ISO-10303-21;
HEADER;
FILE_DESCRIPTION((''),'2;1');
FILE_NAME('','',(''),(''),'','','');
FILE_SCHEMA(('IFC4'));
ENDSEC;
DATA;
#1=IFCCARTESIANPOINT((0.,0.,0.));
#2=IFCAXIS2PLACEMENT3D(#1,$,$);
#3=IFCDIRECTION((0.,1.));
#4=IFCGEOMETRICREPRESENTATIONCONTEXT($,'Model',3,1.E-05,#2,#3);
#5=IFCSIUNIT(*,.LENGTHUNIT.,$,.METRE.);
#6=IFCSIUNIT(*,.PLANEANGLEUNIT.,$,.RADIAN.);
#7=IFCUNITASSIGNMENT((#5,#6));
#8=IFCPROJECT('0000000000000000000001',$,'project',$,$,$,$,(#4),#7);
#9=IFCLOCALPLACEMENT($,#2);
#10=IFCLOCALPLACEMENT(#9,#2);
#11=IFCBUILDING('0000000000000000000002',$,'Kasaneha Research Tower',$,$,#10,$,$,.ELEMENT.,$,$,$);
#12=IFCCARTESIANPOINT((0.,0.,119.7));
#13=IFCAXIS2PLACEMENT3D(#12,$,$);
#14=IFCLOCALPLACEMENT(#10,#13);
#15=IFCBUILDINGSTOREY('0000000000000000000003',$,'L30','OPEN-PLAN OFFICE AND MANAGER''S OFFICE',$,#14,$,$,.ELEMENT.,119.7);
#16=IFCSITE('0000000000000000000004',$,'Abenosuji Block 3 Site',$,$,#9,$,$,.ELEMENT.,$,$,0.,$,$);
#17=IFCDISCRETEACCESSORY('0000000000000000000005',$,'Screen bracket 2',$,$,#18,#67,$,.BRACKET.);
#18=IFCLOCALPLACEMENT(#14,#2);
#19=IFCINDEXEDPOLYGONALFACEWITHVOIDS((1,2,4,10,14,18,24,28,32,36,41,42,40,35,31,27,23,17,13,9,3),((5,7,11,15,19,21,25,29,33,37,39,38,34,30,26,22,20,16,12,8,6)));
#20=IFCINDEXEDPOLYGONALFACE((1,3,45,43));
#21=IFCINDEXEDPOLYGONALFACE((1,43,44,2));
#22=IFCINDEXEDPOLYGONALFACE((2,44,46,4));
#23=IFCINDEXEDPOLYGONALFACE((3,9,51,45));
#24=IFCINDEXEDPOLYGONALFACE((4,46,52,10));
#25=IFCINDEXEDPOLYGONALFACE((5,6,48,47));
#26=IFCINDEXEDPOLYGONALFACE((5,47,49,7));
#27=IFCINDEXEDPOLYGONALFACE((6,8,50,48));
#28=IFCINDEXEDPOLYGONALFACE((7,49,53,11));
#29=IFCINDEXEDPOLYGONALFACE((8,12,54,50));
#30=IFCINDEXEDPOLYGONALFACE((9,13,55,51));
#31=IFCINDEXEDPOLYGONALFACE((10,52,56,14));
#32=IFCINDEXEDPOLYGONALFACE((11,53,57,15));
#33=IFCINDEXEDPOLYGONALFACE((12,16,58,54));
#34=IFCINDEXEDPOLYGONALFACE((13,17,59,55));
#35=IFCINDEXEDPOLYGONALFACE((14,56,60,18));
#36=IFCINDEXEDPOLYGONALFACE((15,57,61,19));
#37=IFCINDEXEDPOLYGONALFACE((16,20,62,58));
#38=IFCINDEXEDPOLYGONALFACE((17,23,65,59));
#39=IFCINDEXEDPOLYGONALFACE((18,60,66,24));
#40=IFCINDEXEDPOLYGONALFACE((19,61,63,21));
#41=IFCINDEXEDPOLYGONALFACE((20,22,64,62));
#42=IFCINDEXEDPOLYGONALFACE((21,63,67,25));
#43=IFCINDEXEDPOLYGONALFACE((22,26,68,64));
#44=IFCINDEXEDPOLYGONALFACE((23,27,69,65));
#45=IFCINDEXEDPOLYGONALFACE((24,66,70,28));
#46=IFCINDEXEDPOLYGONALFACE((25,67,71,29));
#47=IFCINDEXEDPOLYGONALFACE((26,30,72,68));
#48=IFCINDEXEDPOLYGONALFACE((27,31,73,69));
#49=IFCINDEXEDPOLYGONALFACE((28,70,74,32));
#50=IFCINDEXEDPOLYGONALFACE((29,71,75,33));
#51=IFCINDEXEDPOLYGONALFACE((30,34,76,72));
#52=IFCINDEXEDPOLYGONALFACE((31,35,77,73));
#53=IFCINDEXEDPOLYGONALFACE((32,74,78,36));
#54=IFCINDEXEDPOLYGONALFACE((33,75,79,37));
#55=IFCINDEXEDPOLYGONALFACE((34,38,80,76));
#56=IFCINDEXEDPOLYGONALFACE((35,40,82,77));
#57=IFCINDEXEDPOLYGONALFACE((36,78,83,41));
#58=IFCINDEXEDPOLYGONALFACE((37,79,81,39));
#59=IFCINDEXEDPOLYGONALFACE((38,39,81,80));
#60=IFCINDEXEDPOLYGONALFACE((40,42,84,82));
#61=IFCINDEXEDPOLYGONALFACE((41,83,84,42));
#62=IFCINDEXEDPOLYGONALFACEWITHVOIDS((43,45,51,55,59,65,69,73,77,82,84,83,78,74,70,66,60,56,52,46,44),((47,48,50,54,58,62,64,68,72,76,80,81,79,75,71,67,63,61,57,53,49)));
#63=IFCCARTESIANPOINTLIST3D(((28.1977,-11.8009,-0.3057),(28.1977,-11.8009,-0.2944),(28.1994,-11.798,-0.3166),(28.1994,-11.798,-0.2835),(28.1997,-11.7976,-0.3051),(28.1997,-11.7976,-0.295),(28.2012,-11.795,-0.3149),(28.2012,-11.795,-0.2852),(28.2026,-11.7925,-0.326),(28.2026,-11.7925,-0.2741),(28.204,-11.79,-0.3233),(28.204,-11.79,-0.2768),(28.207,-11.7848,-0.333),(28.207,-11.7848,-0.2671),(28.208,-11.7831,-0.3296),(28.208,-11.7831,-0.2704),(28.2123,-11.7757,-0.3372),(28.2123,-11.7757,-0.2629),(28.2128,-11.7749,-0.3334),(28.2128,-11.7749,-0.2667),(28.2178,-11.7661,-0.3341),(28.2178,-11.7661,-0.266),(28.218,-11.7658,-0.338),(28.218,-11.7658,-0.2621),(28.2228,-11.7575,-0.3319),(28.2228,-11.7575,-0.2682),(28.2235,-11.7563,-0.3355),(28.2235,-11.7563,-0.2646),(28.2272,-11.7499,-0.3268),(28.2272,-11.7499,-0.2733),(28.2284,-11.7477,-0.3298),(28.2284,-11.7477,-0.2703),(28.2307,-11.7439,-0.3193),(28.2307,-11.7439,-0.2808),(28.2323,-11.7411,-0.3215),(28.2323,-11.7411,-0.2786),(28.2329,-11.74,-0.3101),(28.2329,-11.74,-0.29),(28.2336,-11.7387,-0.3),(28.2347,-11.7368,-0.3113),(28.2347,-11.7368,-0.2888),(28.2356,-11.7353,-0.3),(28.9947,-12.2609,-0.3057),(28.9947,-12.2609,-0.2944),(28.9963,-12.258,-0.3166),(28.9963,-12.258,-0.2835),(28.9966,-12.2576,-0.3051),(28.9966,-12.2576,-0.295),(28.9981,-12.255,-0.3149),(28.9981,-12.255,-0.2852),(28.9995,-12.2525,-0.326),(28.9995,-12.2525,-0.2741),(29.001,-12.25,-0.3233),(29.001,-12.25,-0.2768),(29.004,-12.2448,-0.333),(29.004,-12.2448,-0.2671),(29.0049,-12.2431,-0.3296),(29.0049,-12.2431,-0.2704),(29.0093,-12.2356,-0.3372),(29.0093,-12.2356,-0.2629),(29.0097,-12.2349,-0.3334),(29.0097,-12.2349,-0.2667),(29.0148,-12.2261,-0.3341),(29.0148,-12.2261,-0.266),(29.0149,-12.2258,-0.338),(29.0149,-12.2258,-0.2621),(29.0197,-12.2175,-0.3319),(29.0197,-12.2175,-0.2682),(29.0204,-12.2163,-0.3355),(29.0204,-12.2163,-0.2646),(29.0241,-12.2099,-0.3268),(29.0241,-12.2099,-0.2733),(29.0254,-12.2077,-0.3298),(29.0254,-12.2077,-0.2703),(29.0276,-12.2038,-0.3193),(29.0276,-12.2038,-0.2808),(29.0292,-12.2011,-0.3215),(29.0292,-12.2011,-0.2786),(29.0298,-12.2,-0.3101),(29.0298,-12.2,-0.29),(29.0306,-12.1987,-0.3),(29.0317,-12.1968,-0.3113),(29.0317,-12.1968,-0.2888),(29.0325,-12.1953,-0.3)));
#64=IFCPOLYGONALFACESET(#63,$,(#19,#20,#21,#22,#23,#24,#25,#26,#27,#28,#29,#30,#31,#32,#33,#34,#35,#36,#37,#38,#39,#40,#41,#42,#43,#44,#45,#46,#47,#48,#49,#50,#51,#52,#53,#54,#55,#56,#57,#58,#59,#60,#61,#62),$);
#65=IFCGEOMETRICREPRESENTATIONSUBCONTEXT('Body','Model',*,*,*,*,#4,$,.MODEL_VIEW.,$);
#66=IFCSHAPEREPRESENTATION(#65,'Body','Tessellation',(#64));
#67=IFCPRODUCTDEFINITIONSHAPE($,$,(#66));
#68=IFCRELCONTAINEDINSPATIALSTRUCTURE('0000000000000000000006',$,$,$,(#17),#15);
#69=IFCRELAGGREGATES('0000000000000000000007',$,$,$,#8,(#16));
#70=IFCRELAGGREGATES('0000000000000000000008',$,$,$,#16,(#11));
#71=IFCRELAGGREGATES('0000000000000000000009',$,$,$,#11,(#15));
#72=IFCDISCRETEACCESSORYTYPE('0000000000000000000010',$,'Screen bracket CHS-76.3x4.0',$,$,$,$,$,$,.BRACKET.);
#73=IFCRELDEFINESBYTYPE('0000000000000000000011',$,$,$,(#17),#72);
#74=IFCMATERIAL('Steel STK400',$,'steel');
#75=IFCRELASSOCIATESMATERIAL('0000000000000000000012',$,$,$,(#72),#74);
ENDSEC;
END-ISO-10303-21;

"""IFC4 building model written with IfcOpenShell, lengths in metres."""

from ifc_helpers import new_model, si_unit, direction, frame, origin, origin_2d, place, context, subcontext, project, spatial, hollow_circle, extrude, material, material_profile, profile_set, type_object, element, save


model = new_model("IFC4")

# Units and contexts
model_context = context("Model", 3, precision=1e-05, world=origin(), true_north=direction((0.0, 1.0)))
body_context = subcontext(model_context, "Body", "Model", "MODEL_VIEW")
ifc_project = project(units=[si_unit("LENGTHUNIT", "METRE"), si_unit("PLANEANGLEUNIT", "RADIAN")], contexts=[model_context])

# Site, building, storey
site_placement = place(None, origin())
site = spatial("IfcSite", under=ifc_project, at=site_placement, Name="Abenosuji Block 3 Site", CompositionType="ELEMENT", RefElevation=0.0)
building_placement = place(site_placement, origin())
building = spatial("IfcBuilding", under=site, at=building_placement, Name="Kasaneha Research Tower", CompositionType="ELEMENT")
storey_placement = place(building_placement, frame((0.0, 0.0, 119.7)))
storey = spatial("IfcBuildingStorey", under=building, at=storey_placement, Name="L30", Description="OPEN-PLAN OFFICE AND MANAGER'S OFFICE", CompositionType="ELEMENT", Elevation=119.7)

# Discrete accessory
ifc_material_1 = material(Name="Steel STK400", Category="steel")
ifc_material_profile_1 = material_profile(ifc_material_1, hollow_circle(Radius=0.0381, WallThickness=0.0039, at=origin_2d()), Name="CHS-76.3x4.0")
ifc_profile_set_1 = profile_set([ifc_material_profile_1], Name="Steel STK400")
discrete_accessory_type = type_object("IfcDiscreteAccessoryType", Name="Screen bracket CHS-76.3x4.0", PredefinedType="BRACKET", material=ifc_profile_set_1)
for number, where, z_axis, x_axis, name in (
    (1, (28.2166, -11.7683, -0.3), (0.86608, -0.499906, 0.0), (0.499906, 0.86608, 0.0), "Screen bracket 2"),
):
    element("IfcDiscreteAccessory", number, at=place(storey_placement, frame(where, z_axis=z_axis, x_axis=x_axis)), inside=storey, type_object=discrete_accessory_type, Name=name, PredefinedType="BRACKET", context=body_context, shape_type="SweptSolid", body=[
        extrude(hollow_circle(Radius=0.0381, WallThickness=0.0039, at=origin_2d()), origin(), (0.0, 0.0, 1.0), 0.9202),
    ])

save(model, "model.ifc")
